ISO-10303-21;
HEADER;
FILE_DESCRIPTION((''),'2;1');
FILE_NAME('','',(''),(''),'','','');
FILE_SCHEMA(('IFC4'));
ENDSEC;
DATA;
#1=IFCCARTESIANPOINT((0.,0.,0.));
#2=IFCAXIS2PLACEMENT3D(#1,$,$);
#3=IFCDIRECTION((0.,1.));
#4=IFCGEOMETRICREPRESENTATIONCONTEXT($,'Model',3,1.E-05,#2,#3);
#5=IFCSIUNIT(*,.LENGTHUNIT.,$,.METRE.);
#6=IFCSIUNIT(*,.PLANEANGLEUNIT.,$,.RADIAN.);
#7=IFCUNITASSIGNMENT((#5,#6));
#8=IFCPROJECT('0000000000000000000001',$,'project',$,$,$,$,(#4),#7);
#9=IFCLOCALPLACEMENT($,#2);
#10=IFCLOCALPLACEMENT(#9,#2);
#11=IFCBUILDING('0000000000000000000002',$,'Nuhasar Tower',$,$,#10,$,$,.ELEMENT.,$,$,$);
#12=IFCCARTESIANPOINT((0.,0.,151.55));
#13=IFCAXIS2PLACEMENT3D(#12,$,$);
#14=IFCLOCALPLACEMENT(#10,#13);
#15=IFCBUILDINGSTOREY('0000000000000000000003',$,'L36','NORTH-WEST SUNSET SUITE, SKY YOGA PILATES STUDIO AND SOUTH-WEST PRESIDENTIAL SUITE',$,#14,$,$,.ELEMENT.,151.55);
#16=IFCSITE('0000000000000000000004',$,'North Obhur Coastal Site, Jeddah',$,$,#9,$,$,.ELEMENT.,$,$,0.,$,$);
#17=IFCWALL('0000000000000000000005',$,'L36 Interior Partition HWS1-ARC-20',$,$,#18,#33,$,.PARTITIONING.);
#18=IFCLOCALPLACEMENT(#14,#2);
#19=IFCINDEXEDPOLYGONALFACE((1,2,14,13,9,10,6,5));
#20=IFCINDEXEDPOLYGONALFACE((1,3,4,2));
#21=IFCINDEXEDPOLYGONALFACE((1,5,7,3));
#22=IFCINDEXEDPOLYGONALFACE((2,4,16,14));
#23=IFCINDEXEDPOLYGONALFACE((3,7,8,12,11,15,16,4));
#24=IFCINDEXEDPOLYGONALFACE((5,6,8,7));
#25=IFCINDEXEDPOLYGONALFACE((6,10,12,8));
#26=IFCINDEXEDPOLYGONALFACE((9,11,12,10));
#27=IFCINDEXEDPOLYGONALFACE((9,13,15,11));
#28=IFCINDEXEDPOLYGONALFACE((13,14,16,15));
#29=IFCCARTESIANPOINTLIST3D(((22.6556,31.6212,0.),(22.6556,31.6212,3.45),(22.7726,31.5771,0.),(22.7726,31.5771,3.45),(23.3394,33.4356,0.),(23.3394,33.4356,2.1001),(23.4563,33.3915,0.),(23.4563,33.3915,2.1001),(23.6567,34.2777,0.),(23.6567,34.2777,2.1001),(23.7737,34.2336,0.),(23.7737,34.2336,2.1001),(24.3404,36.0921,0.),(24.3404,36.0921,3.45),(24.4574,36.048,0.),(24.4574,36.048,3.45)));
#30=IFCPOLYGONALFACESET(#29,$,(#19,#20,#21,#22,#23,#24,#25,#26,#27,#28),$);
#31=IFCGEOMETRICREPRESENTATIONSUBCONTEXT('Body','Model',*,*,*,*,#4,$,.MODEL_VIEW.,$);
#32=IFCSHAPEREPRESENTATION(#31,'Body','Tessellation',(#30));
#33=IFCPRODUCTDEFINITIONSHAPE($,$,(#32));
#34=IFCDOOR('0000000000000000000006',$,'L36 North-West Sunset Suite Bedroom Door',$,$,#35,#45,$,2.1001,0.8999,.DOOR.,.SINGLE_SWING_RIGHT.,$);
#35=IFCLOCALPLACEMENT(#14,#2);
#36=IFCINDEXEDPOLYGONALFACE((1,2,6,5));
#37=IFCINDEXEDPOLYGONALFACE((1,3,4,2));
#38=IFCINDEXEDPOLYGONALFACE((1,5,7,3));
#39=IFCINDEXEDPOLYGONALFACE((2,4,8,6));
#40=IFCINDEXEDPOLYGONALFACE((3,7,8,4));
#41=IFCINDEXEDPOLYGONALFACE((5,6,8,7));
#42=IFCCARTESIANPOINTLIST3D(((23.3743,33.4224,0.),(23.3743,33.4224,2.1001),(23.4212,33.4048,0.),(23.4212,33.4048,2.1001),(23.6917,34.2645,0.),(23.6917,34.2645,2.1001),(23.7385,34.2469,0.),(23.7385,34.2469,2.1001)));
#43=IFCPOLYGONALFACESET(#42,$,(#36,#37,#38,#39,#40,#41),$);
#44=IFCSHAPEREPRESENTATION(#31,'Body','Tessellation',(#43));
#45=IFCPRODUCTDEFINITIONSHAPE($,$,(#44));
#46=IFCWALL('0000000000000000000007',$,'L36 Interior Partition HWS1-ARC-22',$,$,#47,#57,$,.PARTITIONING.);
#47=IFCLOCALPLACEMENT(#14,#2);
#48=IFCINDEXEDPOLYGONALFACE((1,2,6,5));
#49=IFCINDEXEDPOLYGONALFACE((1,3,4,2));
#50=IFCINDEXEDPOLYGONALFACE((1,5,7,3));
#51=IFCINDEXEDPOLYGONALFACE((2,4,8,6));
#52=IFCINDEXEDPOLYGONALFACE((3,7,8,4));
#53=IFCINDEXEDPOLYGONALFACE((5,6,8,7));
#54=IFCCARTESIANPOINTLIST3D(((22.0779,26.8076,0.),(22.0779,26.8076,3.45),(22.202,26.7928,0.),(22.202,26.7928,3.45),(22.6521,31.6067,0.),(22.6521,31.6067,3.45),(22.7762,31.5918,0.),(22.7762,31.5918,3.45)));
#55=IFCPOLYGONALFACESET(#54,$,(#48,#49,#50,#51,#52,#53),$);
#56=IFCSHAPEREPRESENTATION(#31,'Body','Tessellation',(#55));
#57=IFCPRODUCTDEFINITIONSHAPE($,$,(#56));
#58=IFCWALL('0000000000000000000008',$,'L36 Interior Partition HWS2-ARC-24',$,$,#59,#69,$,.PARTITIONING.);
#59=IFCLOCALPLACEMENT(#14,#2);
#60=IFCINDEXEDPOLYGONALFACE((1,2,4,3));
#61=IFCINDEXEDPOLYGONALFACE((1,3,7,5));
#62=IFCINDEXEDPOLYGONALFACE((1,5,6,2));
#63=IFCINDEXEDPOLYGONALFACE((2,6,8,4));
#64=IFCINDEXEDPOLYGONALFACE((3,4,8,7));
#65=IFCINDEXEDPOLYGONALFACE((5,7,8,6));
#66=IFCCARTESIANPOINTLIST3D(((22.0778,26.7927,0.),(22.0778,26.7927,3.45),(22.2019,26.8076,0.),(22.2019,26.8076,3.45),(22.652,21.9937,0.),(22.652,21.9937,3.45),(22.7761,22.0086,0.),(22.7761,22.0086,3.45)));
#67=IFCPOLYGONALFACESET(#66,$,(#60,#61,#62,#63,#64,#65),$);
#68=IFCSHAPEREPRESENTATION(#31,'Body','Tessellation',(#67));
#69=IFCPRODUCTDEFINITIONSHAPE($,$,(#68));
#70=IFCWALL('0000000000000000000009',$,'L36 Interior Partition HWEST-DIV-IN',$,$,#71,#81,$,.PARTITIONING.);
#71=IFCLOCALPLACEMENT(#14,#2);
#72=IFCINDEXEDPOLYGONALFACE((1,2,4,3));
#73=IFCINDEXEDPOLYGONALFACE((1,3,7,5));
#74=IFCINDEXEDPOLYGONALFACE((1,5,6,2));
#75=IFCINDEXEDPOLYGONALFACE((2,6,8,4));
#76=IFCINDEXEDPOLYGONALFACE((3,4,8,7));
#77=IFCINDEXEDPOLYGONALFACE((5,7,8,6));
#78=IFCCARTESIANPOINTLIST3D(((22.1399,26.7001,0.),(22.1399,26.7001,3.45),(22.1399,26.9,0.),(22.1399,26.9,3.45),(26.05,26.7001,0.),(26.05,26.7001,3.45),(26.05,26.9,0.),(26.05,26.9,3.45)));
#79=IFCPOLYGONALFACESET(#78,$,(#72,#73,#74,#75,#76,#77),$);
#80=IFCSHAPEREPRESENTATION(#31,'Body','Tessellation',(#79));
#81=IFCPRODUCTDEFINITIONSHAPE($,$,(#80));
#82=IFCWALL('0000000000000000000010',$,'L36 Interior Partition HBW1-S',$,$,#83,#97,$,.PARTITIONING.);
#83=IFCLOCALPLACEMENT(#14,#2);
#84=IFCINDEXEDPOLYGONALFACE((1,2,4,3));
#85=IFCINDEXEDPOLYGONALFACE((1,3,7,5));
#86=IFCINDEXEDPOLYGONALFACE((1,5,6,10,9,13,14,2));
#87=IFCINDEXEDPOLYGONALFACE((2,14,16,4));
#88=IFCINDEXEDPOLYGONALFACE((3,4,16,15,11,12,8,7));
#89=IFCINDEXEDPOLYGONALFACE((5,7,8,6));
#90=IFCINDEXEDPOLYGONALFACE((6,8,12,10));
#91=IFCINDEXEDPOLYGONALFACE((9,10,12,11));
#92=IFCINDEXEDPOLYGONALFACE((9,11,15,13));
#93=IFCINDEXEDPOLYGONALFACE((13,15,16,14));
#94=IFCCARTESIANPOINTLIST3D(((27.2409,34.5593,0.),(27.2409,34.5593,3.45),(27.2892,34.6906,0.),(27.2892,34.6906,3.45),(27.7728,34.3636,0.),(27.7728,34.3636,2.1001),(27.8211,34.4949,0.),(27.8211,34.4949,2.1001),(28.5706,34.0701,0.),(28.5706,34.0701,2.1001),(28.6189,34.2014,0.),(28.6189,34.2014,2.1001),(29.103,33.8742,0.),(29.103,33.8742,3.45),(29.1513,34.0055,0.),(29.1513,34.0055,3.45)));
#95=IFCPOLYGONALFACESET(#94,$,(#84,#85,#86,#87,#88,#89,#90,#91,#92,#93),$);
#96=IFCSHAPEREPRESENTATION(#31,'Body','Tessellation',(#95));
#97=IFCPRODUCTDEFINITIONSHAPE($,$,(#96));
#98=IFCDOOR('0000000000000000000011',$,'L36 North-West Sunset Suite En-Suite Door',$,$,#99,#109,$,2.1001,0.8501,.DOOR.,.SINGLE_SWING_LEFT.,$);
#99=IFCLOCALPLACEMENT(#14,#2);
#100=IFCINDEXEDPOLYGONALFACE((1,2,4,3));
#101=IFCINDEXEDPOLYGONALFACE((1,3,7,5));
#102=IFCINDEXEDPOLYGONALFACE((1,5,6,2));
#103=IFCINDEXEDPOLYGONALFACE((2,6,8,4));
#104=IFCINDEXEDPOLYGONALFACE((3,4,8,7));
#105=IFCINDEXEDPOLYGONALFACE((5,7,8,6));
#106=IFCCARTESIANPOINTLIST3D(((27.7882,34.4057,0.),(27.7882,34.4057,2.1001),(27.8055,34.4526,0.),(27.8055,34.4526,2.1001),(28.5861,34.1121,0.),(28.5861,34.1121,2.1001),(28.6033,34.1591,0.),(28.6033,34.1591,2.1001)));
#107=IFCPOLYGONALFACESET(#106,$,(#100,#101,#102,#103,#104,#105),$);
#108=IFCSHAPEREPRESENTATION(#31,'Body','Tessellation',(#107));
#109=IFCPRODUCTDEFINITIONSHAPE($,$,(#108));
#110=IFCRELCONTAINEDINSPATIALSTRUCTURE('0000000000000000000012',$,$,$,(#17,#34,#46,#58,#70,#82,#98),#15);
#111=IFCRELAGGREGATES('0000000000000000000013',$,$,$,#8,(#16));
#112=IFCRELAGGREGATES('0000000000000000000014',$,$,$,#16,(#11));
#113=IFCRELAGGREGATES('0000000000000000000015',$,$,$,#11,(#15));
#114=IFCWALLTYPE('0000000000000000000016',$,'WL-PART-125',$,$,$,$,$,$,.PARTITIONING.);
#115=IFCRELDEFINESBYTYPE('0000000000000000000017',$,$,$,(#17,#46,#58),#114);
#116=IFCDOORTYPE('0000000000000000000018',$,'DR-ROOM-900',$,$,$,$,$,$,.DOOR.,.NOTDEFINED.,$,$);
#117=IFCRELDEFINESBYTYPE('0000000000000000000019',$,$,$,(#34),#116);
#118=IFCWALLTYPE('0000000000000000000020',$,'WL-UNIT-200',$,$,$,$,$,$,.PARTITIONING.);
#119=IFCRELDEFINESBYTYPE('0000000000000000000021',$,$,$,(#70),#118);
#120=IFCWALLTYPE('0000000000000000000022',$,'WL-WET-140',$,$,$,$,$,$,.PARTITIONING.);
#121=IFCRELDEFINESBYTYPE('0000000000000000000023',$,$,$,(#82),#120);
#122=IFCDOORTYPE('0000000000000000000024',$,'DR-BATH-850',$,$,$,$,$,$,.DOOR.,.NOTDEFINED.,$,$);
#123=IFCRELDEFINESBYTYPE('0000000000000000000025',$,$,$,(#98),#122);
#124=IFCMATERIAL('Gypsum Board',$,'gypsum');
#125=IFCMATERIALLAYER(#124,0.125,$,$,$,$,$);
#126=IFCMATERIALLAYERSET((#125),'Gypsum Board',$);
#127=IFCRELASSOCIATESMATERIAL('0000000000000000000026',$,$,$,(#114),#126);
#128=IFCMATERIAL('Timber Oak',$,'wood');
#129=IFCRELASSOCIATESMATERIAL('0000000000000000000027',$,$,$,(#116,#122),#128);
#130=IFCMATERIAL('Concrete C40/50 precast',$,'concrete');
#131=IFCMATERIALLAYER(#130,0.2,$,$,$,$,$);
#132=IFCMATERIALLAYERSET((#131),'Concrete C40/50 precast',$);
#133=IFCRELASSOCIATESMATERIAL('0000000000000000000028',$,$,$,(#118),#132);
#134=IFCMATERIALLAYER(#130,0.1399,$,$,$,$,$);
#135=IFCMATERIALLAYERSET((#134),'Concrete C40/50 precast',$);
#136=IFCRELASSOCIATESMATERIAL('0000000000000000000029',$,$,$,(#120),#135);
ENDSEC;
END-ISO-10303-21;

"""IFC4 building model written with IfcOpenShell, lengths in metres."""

from ifc_helpers import new_model, si_unit, direction, frame, frame_2d, origin, place, context, subcontext, project, spatial, rectangle, extrude, material, layer, layer_set, type_object, element, fill, save


model = new_model("IFC4")

# Units and contexts
model_context = context("Model", 3, precision=1e-05, world=origin(), true_north=direction((0.0, 1.0)))
body_context = subcontext(model_context, "Body", "Model", "MODEL_VIEW")
ifc_project = project(units=[si_unit("LENGTHUNIT", "METRE"), si_unit("PLANEANGLEUNIT", "RADIAN")], contexts=[model_context])

# Site, building, storey
site_placement = place(None, origin())
site = spatial("IfcSite", under=ifc_project, at=site_placement, Name="North Obhur Coastal Site, Jeddah", CompositionType="ELEMENT", RefElevation=0.0)
building_placement = place(site_placement, origin())
building = spatial("IfcBuilding", under=site, at=building_placement, Name="Nuhasar Tower", CompositionType="ELEMENT")
storey_placement = place(building_placement, frame((0.0, 0.0, 151.55)))
storey = spatial("IfcBuildingStorey", under=building, at=storey_placement, Name="L36", Description="NORTH-WEST SUNSET SUITE, SKY YOGA PILATES STUDIO AND SOUTH-WEST PRESIDENTIAL SUITE", CompositionType="ELEMENT", Elevation=151.55)

# Shared definitions
ifc_material_1 = material(Name="Gypsum Board", Category="gypsum")

# Shared definitions
ifc_material_2 = material(Name="Timber Oak", Category="wood")

# Shared definitions
ifc_layer_1 = layer(ifc_material_1, 0.125)
ifc_layer_set_1 = layer_set([ifc_layer_1], Name="Gypsum Board")
wall_type_1 = type_object("IfcWallType", Name="WL-PART-125", PredefinedType="PARTITIONING", material=ifc_layer_set_1)

# Wall, opening, door
wall_1_placement = place(storey_placement, frame((24.3989, 36.0701, 0.0), z_axis=(0.0, 0.0, 1.0), x_axis=(-0.352629, -0.935763, 0.0)))
wall_1 = element("IfcWall", 1, at=wall_1_placement, inside=storey, type_object=wall_type_1, Name="L36 Interior Partition HWS1-ARC-20", PredefinedType="PARTITIONING", context=body_context, shape_type="SweptSolid", body=[
    extrude(rectangle(XDim=4.7778, YDim=0.125, at=frame_2d((2.3889, 0.0))), origin(), (0.0, 0.0, 1.0), 3.45),
])
opening_1_placement = place(wall_1_placement, frame((1.939, 0.0, 0.0)))
opening_1 = element("IfcOpeningElement", 2, at=opening_1_placement, cuts=wall_1, PredefinedType="OPENING", context=body_context, shape_type="SweptSolid", body=[
    extrude(rectangle(XDim=0.8999, YDim=2.1001, at=frame_2d((0.45, 1.05))), frame((0.0, 0.0725, 0.0), z_axis=(0.0, -1.0, 0.0), x_axis=(1.0, 0.0, 0.0)), (0.0, 0.0, 1.0), 0.145),
])
door_type_1 = type_object("IfcDoorType", Name="DR-ROOM-900", OperationType="NOTDEFINED", PredefinedType="DOOR", material=ifc_material_2)
door_1_placement = place(opening_1_placement, origin())
door_1 = element("IfcDoor", 3, at=door_1_placement, inside=storey, type_object=door_type_1, Name="L36 North-West Sunset Suite Bedroom Door", OperationType="SINGLE_SWING_RIGHT", OverallHeight=2.1001, OverallWidth=0.8999, PredefinedType="DOOR", context=body_context, shape_type="SweptSolid", body=[
    extrude(rectangle(XDim=0.8999, YDim=2.1001, at=frame_2d((0.45, 1.05))), frame((0.0, 0.0249, 0.0), z_axis=(0.0, -1.0, 0.0), x_axis=(1.0, 0.0, 0.0)), (0.0, 0.0, 1.0), 0.05),
])
fill(opening_1, door_1)

# Walls
for number, where, z_axis, x_axis, name in (
    (4, (22.7141, 31.5991, 0.0), (0.0, 0.0, 1.0), (-0.118805, -0.992918, 0.0), "L36 Interior Partition HWS1-ARC-22"),
    (5, (22.1399, 26.8, 0.0), (0.0, 0.0, 1.0), (0.118805, -0.992918, 0.0), "L36 Interior Partition HWS2-ARC-24"),
):
    element("IfcWall", number, at=place(storey_placement, frame(where, z_axis=z_axis, x_axis=x_axis)), inside=storey, type_object=wall_type_1, Name=name, PredefinedType="PARTITIONING", context=body_context, shape_type="SweptSolid", body=[
        extrude(rectangle(XDim=4.8333, YDim=0.125, at=frame_2d((2.4165, 0.0))), origin(), (0.0, 0.0, 1.0), 3.45),
    ])
ifc_material_3 = material(Name="Concrete C40/50 precast", Category="concrete")
ifc_layer_2 = layer(ifc_material_3, 0.2)
ifc_layer_set_2 = layer_set([ifc_layer_2], Name="Concrete C40/50 precast")
wall_type_2 = type_object("IfcWallType", Name="WL-UNIT-200", PredefinedType="PARTITIONING", material=ifc_layer_set_2)
wall_2_placement = place(storey_placement, frame((26.05, 26.8, 0.0), z_axis=(0.0, 0.0, 1.0), x_axis=(-1.0, 0.0, 0.0)))
element("IfcWall", 6, at=wall_2_placement, inside=storey, type_object=wall_type_2, Name="L36 Interior Partition HWEST-DIV-IN", PredefinedType="PARTITIONING", context=body_context, shape_type="SweptSolid", body=[
    extrude(rectangle(XDim=3.9102, YDim=0.2, at=frame_2d((1.9551, 0.0))), origin(), (0.0, 0.0, 1.0), 3.45),
])

# Wall, opening, door
ifc_layer_3 = layer(ifc_material_3, 0.1399)
ifc_layer_set_3 = layer_set([ifc_layer_3], Name="Concrete C40/50 precast")
wall_type_3 = type_object("IfcWallType", Name="WL-WET-140", PredefinedType="PARTITIONING", material=ifc_layer_set_3)
wall_3_placement = place(storey_placement, frame((27.2649, 34.625, 0.0), z_axis=(0.0, 0.0, 1.0), x_axis=(0.938501, -0.345278, 0.0)))
wall_3 = element("IfcWall", 7, at=wall_3_placement, inside=storey, type_object=wall_type_3, Name="L36 Interior Partition HBW1-S", PredefinedType="PARTITIONING", context=body_context, shape_type="SweptSolid", body=[
    extrude(rectangle(XDim=1.9841, YDim=0.1399, at=frame_2d((0.9922, 0.0))), origin(), (0.0, 0.0, 1.0), 3.45),
])
opening_2_placement = place(wall_3_placement, frame((0.5669, 0.0, 0.0)))
opening_2 = element("IfcOpeningElement", 8, at=opening_2_placement, cuts=wall_3, PredefinedType="OPENING", context=body_context, shape_type="SweptSolid", body=[
    extrude(rectangle(XDim=0.8501, YDim=2.1001, at=frame_2d((0.425, 1.05))), frame((0.0, 0.0801, 0.0), z_axis=(0.0, -1.0, 0.0), x_axis=(1.0, 0.0, 0.0)), (0.0, 0.0, 1.0), 0.1599),
])
door_type_2 = type_object("IfcDoorType", Name="DR-BATH-850", OperationType="NOTDEFINED", PredefinedType="DOOR", material=ifc_material_2)
door_2_placement = place(opening_2_placement, origin())
door_2 = element("IfcDoor", 9, at=door_2_placement, inside=storey, type_object=door_type_2, Name="L36 North-West Sunset Suite En-Suite Door", OperationType="SINGLE_SWING_LEFT", OverallHeight=2.1001, OverallWidth=0.8501, PredefinedType="DOOR", context=body_context, shape_type="SweptSolid", body=[
    extrude(rectangle(XDim=0.8501, YDim=2.1001, at=frame_2d((0.425, 1.05))), frame((0.0, 0.0249, 0.0), z_axis=(0.0, -1.0, 0.0), x_axis=(1.0, 0.0, 0.0)), (0.0, 0.0, 1.0), 0.05),
])
fill(opening_2, door_2)

save(model, "model.ifc")
